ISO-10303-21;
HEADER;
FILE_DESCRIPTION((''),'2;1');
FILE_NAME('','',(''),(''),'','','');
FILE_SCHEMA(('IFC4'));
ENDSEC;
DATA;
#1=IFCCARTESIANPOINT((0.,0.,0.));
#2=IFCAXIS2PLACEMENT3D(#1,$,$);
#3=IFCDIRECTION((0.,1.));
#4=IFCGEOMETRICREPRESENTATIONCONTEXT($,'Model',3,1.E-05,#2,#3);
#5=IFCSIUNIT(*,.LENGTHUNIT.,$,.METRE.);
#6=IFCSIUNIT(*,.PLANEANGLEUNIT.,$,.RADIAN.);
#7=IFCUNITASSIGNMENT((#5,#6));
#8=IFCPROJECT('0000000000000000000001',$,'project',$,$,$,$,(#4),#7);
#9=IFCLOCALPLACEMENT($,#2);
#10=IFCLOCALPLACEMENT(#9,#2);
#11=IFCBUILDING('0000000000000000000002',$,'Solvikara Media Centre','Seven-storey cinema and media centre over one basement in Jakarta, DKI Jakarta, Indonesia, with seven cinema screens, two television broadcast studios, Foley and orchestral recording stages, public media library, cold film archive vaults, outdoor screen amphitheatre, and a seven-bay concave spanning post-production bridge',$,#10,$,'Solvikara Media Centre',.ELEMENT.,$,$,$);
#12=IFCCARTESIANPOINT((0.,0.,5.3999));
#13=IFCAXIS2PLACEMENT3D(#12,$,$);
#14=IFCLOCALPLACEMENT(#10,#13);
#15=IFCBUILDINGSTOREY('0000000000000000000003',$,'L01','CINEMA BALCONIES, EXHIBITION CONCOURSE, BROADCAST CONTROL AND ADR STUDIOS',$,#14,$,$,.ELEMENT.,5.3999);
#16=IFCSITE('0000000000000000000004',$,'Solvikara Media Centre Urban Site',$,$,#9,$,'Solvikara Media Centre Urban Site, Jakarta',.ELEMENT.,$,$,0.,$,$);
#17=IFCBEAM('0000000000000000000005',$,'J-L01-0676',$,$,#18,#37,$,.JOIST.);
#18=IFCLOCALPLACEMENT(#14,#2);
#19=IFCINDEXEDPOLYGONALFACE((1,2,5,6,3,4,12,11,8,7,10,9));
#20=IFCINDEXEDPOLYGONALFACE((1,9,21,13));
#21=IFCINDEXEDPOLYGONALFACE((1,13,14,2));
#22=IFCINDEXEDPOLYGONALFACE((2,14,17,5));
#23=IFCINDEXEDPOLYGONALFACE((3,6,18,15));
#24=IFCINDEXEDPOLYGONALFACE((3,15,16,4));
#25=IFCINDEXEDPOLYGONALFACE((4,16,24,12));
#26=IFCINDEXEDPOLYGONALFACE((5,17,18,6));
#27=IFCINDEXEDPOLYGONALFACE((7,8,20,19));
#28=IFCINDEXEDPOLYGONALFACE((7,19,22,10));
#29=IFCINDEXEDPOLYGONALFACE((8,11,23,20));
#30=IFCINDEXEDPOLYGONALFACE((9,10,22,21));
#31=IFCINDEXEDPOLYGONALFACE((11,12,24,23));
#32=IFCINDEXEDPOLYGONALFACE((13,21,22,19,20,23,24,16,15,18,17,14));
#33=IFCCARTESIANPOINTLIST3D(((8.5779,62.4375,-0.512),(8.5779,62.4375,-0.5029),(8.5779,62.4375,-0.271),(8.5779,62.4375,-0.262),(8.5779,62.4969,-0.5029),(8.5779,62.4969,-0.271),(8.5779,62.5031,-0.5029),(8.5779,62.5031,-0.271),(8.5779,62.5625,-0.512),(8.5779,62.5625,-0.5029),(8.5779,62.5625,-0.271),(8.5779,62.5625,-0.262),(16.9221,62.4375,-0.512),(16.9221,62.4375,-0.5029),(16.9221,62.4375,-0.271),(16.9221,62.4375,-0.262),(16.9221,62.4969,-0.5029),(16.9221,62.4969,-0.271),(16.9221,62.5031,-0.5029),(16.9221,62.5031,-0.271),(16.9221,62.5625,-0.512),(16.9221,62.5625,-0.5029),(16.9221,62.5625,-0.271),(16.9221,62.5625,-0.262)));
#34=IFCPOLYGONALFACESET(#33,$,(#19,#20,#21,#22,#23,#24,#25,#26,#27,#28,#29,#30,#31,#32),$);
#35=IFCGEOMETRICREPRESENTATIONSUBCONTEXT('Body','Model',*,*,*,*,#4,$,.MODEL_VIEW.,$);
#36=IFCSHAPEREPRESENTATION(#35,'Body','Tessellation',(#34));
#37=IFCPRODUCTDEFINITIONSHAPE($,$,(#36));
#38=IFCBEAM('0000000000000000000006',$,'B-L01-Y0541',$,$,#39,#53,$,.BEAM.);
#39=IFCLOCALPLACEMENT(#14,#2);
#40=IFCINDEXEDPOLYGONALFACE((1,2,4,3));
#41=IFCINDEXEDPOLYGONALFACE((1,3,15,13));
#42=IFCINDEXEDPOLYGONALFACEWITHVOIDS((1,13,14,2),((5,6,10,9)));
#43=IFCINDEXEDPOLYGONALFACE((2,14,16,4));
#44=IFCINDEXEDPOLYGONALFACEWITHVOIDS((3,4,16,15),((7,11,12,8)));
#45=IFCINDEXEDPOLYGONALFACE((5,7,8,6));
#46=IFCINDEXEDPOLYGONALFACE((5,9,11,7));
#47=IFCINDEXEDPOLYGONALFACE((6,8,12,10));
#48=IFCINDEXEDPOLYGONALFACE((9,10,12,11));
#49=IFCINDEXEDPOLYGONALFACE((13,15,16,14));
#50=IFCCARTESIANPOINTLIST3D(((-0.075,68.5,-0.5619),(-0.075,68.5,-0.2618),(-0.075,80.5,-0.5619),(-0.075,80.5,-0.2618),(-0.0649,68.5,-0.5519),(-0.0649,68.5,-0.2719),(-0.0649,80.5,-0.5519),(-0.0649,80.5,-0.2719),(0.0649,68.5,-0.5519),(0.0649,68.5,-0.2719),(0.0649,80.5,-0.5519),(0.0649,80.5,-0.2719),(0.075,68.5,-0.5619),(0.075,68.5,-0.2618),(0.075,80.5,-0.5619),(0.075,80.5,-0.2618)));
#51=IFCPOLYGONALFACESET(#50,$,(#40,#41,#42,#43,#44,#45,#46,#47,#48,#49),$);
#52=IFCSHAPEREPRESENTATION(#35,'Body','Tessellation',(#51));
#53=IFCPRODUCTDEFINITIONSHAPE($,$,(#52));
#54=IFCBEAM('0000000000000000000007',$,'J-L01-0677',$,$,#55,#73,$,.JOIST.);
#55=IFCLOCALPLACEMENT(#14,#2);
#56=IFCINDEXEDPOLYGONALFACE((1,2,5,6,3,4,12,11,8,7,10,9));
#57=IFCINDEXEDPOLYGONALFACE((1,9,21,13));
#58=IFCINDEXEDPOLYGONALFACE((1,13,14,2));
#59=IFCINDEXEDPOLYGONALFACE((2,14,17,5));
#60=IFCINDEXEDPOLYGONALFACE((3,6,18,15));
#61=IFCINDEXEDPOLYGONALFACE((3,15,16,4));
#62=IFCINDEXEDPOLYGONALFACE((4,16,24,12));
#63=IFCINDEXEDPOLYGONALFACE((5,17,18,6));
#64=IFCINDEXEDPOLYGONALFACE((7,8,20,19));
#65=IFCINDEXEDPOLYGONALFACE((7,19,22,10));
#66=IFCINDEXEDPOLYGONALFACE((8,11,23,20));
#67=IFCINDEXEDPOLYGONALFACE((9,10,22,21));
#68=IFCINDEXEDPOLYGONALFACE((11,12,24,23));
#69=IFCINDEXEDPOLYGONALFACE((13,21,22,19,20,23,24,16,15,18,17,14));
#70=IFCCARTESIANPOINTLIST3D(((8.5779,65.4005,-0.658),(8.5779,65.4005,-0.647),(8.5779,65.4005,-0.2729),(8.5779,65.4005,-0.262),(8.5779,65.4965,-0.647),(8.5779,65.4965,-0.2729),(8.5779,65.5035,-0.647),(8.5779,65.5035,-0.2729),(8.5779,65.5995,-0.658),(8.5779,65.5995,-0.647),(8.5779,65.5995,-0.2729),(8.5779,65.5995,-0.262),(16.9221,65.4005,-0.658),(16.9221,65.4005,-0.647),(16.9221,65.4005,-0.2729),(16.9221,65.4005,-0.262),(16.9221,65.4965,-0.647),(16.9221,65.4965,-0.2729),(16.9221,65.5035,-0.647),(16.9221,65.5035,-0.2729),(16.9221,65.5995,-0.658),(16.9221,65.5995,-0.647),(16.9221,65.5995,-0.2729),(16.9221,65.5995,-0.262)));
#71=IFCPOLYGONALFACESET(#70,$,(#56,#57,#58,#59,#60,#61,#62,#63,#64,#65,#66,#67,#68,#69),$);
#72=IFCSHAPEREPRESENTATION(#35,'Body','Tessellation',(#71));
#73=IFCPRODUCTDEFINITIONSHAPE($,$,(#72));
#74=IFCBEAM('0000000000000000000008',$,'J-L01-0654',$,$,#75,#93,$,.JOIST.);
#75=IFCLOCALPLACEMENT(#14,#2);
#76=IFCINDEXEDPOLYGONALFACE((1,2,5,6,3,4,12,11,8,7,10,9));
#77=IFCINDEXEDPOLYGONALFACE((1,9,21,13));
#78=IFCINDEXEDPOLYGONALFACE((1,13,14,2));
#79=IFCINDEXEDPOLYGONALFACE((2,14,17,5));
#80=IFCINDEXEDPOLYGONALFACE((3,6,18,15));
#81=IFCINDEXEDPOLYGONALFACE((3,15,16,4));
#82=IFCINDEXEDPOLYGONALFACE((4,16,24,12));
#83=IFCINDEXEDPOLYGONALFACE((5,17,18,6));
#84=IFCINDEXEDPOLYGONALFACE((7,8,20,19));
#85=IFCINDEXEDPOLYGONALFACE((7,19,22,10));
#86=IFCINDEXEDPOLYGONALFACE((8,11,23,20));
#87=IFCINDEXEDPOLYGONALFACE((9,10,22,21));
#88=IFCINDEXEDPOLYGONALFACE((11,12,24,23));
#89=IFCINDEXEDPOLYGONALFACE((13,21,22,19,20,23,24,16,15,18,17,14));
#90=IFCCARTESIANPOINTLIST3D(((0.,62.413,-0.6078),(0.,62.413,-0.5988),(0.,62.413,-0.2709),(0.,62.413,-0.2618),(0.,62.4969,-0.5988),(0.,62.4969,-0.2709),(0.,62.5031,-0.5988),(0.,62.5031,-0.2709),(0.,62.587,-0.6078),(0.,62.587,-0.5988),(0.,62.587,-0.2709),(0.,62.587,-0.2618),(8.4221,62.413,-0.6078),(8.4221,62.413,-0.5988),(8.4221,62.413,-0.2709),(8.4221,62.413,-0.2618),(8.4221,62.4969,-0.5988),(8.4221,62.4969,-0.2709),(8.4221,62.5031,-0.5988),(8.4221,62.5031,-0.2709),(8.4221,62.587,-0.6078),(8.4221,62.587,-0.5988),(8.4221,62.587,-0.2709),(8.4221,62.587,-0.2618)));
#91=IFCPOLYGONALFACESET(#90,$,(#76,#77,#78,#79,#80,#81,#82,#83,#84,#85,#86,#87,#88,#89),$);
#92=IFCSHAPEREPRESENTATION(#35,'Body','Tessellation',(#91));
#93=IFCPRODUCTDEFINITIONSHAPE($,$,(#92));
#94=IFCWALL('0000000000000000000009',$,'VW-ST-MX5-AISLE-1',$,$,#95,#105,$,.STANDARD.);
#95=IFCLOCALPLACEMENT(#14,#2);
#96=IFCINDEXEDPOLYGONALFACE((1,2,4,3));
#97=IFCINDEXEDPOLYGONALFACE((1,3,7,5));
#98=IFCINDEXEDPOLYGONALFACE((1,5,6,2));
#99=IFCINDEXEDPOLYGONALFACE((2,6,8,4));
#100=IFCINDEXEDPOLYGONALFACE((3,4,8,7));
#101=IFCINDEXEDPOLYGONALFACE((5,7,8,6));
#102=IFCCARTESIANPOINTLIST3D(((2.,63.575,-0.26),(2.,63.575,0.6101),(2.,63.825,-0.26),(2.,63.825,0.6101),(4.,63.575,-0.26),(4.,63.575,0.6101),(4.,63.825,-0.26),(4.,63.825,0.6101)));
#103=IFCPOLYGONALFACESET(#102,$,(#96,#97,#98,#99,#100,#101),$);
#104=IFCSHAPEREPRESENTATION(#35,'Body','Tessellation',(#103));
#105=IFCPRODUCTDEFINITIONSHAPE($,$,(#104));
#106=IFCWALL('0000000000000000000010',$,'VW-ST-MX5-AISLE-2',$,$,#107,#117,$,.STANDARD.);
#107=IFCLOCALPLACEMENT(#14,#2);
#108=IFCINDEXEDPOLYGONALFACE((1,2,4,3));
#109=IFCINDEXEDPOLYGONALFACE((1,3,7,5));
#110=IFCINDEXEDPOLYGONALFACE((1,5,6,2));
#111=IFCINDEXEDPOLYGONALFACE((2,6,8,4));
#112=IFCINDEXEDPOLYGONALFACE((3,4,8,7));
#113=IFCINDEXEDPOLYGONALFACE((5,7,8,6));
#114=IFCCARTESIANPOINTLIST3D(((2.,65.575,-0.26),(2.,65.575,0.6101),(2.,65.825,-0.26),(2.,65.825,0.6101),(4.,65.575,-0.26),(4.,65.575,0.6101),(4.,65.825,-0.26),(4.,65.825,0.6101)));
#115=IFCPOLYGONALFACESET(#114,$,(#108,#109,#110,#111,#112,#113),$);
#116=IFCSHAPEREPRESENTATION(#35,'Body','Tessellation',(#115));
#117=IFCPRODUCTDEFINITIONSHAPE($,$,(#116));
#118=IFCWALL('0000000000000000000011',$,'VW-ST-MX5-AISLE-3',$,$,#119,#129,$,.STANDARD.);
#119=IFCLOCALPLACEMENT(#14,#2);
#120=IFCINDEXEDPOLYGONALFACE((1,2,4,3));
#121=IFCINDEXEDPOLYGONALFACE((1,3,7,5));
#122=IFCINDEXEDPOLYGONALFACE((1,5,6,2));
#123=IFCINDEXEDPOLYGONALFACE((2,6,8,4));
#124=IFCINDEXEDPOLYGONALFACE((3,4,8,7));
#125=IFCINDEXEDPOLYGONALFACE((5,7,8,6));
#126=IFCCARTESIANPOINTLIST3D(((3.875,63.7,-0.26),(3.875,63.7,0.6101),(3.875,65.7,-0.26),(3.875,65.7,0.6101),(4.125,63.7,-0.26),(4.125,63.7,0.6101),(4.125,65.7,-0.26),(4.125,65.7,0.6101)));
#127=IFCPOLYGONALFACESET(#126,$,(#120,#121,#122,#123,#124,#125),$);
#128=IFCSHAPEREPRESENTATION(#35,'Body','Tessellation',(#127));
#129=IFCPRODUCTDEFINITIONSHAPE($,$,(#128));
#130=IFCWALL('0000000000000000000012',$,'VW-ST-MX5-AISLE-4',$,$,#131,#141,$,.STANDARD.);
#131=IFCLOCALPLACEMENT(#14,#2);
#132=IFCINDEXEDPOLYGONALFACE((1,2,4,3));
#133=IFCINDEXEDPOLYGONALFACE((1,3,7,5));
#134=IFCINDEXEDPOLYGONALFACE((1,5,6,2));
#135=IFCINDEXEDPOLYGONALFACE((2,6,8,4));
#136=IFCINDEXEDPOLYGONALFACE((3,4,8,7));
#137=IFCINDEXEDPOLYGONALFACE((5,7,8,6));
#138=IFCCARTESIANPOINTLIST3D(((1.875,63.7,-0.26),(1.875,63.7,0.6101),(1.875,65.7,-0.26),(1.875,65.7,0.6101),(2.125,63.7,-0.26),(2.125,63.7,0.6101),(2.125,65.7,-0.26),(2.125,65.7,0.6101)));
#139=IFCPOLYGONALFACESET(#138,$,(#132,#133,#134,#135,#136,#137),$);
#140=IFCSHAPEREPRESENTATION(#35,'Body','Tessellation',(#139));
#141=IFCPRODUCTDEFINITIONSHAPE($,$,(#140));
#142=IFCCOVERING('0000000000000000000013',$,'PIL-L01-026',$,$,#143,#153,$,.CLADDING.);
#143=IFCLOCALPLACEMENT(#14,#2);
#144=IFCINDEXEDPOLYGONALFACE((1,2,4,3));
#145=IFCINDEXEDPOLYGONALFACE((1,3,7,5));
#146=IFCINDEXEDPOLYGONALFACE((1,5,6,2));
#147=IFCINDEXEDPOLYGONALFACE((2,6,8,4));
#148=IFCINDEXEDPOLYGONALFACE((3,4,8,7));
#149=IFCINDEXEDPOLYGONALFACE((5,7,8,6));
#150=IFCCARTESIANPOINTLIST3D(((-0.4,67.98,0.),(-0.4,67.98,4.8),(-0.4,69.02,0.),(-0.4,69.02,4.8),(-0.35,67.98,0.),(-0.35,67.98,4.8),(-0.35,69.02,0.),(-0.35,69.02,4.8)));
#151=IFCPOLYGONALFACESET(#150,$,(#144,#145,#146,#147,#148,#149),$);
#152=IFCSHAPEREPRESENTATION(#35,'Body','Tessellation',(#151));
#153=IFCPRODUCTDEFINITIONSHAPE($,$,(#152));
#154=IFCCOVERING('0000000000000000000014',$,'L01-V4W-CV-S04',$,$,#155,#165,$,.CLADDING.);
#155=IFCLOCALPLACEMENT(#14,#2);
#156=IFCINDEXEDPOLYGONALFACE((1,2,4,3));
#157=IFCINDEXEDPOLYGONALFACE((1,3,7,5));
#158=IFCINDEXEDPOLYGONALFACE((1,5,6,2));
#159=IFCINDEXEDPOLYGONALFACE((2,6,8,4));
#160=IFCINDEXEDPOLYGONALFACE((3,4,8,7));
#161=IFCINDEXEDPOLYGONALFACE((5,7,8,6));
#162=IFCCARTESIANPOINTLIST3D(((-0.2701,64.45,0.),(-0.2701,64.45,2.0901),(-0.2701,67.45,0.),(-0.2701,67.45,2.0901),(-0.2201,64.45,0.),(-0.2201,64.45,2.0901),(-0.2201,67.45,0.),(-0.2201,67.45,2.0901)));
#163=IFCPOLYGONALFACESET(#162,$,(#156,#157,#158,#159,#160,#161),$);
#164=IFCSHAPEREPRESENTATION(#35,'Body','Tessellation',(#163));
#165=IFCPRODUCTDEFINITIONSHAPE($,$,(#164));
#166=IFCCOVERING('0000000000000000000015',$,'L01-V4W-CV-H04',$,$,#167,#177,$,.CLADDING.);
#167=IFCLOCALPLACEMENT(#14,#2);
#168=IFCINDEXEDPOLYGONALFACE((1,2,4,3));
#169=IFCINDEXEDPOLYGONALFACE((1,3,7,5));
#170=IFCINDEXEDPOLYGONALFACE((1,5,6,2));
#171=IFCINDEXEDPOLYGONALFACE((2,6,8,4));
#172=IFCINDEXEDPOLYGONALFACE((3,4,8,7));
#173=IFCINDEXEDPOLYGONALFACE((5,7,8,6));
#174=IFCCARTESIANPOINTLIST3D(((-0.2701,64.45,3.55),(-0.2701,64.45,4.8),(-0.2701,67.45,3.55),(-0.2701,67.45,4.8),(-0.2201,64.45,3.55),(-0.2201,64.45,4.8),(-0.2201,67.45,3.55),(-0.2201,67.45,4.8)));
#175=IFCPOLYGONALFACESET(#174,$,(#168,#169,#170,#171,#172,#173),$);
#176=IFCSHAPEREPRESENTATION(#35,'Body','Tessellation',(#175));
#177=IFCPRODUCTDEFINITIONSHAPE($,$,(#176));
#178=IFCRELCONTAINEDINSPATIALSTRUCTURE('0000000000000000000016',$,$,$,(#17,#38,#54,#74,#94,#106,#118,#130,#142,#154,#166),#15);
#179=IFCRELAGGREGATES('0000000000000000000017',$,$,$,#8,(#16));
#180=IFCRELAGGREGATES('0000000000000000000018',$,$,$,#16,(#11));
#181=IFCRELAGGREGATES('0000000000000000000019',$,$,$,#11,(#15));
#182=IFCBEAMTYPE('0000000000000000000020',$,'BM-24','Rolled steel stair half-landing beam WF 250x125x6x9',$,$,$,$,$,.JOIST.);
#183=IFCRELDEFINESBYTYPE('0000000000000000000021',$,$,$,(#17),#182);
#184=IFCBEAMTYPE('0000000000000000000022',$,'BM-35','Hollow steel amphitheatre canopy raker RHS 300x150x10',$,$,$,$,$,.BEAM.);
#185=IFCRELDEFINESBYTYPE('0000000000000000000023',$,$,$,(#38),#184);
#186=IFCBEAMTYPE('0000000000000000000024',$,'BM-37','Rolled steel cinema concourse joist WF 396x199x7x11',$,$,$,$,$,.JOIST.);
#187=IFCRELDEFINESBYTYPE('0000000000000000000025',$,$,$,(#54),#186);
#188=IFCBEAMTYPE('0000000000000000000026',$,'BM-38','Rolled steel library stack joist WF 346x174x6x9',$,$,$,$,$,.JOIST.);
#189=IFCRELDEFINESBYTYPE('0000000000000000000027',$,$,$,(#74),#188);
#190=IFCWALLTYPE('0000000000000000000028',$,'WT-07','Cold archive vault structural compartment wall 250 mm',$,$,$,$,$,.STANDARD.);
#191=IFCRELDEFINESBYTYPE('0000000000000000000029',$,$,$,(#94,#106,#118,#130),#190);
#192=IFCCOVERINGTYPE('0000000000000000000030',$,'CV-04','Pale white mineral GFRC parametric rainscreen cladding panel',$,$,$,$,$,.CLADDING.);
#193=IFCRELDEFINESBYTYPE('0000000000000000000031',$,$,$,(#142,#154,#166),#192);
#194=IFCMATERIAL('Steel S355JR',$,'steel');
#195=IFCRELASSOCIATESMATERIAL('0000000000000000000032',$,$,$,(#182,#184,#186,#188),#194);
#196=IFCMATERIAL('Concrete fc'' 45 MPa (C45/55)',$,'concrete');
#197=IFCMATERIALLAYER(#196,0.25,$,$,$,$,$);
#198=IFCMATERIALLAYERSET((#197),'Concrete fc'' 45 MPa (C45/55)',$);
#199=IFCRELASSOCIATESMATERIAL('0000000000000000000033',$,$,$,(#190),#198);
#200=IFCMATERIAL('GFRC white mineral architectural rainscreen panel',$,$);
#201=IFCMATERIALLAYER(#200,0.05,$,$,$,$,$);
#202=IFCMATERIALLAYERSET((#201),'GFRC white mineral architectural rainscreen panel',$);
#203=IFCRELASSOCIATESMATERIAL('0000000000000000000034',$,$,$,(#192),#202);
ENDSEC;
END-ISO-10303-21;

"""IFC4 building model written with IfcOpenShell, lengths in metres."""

from ifc_helpers import new_model, si_unit, direction, frame, frame_2d, origin, origin_2d, place, context, subcontext, project, spatial, rectangle, hollow_rectangle, i_section, extrude, material, layer, layer_set, material_profile, profile_set, type_object, element, save


model = new_model("IFC4")

# Units and contexts
model_context = context("Model", 3, precision=1e-05, world=origin(), true_north=direction((0.0, 1.0)))
body_context = subcontext(model_context, "Body", "Model", "MODEL_VIEW")
ifc_project = project(units=[si_unit("LENGTHUNIT", "METRE"), si_unit("PLANEANGLEUNIT", "RADIAN")], contexts=[model_context])

# Site, building, storey
site_placement = place(None, origin())
site = spatial("IfcSite", under=ifc_project, at=site_placement, Name="Solvikara Media Centre Urban Site", LongName="Solvikara Media Centre Urban Site, Jakarta", CompositionType="ELEMENT", RefElevation=0.0)
building_placement = place(site_placement, origin())
building = spatial("IfcBuilding", under=site, at=building_placement, Name="Solvikara Media Centre", Description="Seven-storey cinema and media centre over one basement in Jakarta, DKI Jakarta, Indonesia, with seven cinema screens, two television broadcast studios, Foley and orchestral recording stages, public media library, cold film archive vaults, outdoor screen amphitheatre, and a seven-bay concave spanning post-production bridge", LongName="Solvikara Media Centre", CompositionType="ELEMENT")
storey_placement = place(building_placement, frame((0.0, 0.0, 5.3999)))
storey = spatial("IfcBuildingStorey", under=building, at=storey_placement, Name="L01", Description="CINEMA BALCONIES, EXHIBITION CONCOURSE, BROADCAST CONTROL AND ADR STUDIOS", CompositionType="ELEMENT", Elevation=5.3999)

# Shared definitions
ifc_material_1 = material(Name="Concrete fc' 45 MPa (C45/55)", Category="concrete")

# Beams
ifc_material_2 = material(Name="Steel S355JR", Category="steel")
ifc_material_profile_1 = material_profile(ifc_material_2, i_section(OverallWidth=0.125, OverallDepth=0.25, WebThickness=0.0061, FlangeThickness=0.009, at=origin_2d()), Name="WF 250x125x6x9")
ifc_profile_set_1 = profile_set([ifc_material_profile_1], Name="Steel S355JR")
beam_type_1 = type_object("IfcBeamType", Name="BM-24", Description="Rolled steel stair half-landing beam WF 250x125x6x9", PredefinedType="JOIST", material=ifc_profile_set_1)
beam_1_placement = place(storey_placement, frame((8.5779, 62.5, -0.387), z_axis=(1.0, 0.0, 0.0), x_axis=(0.0, 1.0, 0.0)))
element("IfcBeam", 1, at=beam_1_placement, inside=storey, type_object=beam_type_1, Name="J-L01-0676", PredefinedType="JOIST", context=body_context, shape_type="SweptSolid", body=[
    extrude(i_section(OverallWidth=0.125, OverallDepth=0.25, WebThickness=0.0061, FlangeThickness=0.009, at=origin_2d()), origin(), (0.0, 0.0, 1.0), 8.3442),
])
ifc_material_profile_2 = material_profile(ifc_material_2, hollow_rectangle(XDim=0.1499, YDim=0.3, WallThickness=0.01, at=origin_2d()), Name="RHS 300x150x10")
ifc_profile_set_2 = profile_set([ifc_material_profile_2], Name="Steel S355JR")
beam_type_2 = type_object("IfcBeamType", Name="BM-35", Description="Hollow steel amphitheatre canopy raker RHS 300x150x10", PredefinedType="BEAM", material=ifc_profile_set_2)
beam_2_placement = place(storey_placement, frame((0.0, 68.5, -0.4119), z_axis=(0.0, 1.0, 0.0), x_axis=(-1.0, 0.0, 0.0)))
element("IfcBeam", 2, at=beam_2_placement, inside=storey, type_object=beam_type_2, Name="B-L01-Y0541", PredefinedType="BEAM", context=body_context, shape_type="SweptSolid", body=[
    extrude(hollow_rectangle(XDim=0.1499, YDim=0.3, WallThickness=0.01, at=origin_2d()), origin(), (0.0, 0.0, 1.0), 12.0),
])
ifc_material_profile_3 = material_profile(ifc_material_2, i_section(OverallWidth=0.199, OverallDepth=0.396, WebThickness=0.0071, FlangeThickness=0.011, at=origin_2d()), Name="WF 396x199x7x11")
ifc_profile_set_3 = profile_set([ifc_material_profile_3], Name="Steel S355JR")
beam_type_3 = type_object("IfcBeamType", Name="BM-37", Description="Rolled steel cinema concourse joist WF 396x199x7x11", PredefinedType="JOIST", material=ifc_profile_set_3)
beam_3_placement = place(storey_placement, frame((8.5779, 65.5, -0.46), z_axis=(1.0, 0.0, 0.0), x_axis=(0.0, 1.0, 0.0)))
element("IfcBeam", 3, at=beam_3_placement, inside=storey, type_object=beam_type_3, Name="J-L01-0677", PredefinedType="JOIST", context=body_context, shape_type="SweptSolid", body=[
    extrude(i_section(OverallWidth=0.199, OverallDepth=0.396, WebThickness=0.0071, FlangeThickness=0.011, at=origin_2d()), origin(), (0.0, 0.0, 1.0), 8.3442),
])
ifc_material_profile_4 = material_profile(ifc_material_2, i_section(OverallWidth=0.1741, OverallDepth=0.3459, WebThickness=0.0061, FlangeThickness=0.009, at=origin_2d()), Name="WF 346x174x6x9")
ifc_profile_set_4 = profile_set([ifc_material_profile_4], Name="Steel S355JR")
beam_type_4 = type_object("IfcBeamType", Name="BM-38", Description="Rolled steel library stack joist WF 346x174x6x9", PredefinedType="JOIST", material=ifc_profile_set_4)
beam_4_placement = place(storey_placement, frame((0.0, 62.5, -0.4348), z_axis=(1.0, 0.0, 0.0), x_axis=(0.0, 1.0, 0.0)))
element("IfcBeam", 4, at=beam_4_placement, inside=storey, type_object=beam_type_4, Name="J-L01-0654", PredefinedType="JOIST", context=body_context, shape_type="SweptSolid", body=[
    extrude(i_section(OverallWidth=0.1741, OverallDepth=0.3459, WebThickness=0.0061, FlangeThickness=0.009, at=origin_2d()), origin(), (0.0, 0.0, 1.0), 8.4221),
])

# Walls
ifc_layer_1 = layer(ifc_material_1, 0.25)
ifc_layer_set_1 = layer_set([ifc_layer_1], Name="Concrete fc' 45 MPa (C45/55)")
wall_type = type_object("IfcWallType", Name="WT-07", Description="Cold archive vault structural compartment wall 250 mm", PredefinedType="STANDARD", material=ifc_layer_set_1)
for number, where, z_axis, x_axis, name in (
    (5, (2.0, 63.7, -0.26), (0.0, 0.0, 1.0), (1.0, 0.0, 0.0), "VW-ST-MX5-AISLE-1"),
    (6, (2.0, 65.7, -0.26), (0.0, 0.0, 1.0), (1.0, 0.0, 0.0), "VW-ST-MX5-AISLE-2"),
    (7, (4.0, 63.7, -0.26), (0.0, 0.0, 1.0), (0.0, 1.0, 0.0), "VW-ST-MX5-AISLE-3"),
    (8, (2.0, 63.7, -0.26), (0.0, 0.0, 1.0), (0.0, 1.0, 0.0), "VW-ST-MX5-AISLE-4"),
):
    element("IfcWall", number, at=place(storey_placement, frame(where, z_axis=z_axis, x_axis=x_axis)), inside=storey, type_object=wall_type, Name=name, PredefinedType="STANDARD", context=body_context, shape_type="SweptSolid", body=[
        extrude(rectangle(XDim=2.0, YDim=0.25, at=frame_2d((1.0, 0.0))), origin(), (0.0, 0.0, 1.0), 0.8701),
    ])

# Coverings
ifc_material_3 = material(Name="GFRC white mineral architectural rainscreen panel")
ifc_layer_2 = layer(ifc_material_3, 0.05)
ifc_layer_set_2 = layer_set([ifc_layer_2], Name="GFRC white mineral architectural rainscreen panel")
covering_type = type_object("IfcCoveringType", Name="CV-04", Description="Pale white mineral GFRC parametric rainscreen cladding panel", PredefinedType="CLADDING", material=ifc_layer_set_2)
covering_1_placement = place(storey_placement, frame((-0.375, 68.5, 0.0), z_axis=(0.0, 0.0, 1.0), x_axis=(0.0, -1.0, 0.0)))
element("IfcCovering", 9, at=covering_1_placement, inside=storey, type_object=covering_type, Name="PIL-L01-026", PredefinedType="CLADDING", context=body_context, shape_type="SweptSolid", body=[
    extrude(rectangle(XDim=1.04, YDim=0.05, at=origin_2d()), origin(), (0.0, 0.0, 1.0), 4.8),
])
covering_2_placement = place(storey_placement, frame((-0.2451, 65.95, 0.0), z_axis=(0.0, 0.0, 1.0), x_axis=(0.0, 1.0, 0.0)))
element("IfcCovering", 10, at=covering_2_placement, inside=storey, type_object=covering_type, Name="L01-V4W-CV-S04", PredefinedType="CLADDING", context=body_context, shape_type="SweptSolid", body=[
    extrude(rectangle(XDim=3.0, YDim=0.05, at=origin_2d()), origin(), (0.0, 0.0, 1.0), 2.0901),
])
covering_3_placement = place(storey_placement, frame((-0.2451, 65.95, 3.55), z_axis=(0.0, 0.0, 1.0), x_axis=(0.0, 1.0, 0.0)))
element("IfcCovering", 11, at=covering_3_placement, inside=storey, type_object=covering_type, Name="L01-V4W-CV-H04", PredefinedType="CLADDING", context=body_context, shape_type="SweptSolid", body=[
    extrude(rectangle(XDim=3.0, YDim=0.05, at=origin_2d()), origin(), (0.0, 0.0, 1.0), 1.25),
])

save(model, "model.ifc")
